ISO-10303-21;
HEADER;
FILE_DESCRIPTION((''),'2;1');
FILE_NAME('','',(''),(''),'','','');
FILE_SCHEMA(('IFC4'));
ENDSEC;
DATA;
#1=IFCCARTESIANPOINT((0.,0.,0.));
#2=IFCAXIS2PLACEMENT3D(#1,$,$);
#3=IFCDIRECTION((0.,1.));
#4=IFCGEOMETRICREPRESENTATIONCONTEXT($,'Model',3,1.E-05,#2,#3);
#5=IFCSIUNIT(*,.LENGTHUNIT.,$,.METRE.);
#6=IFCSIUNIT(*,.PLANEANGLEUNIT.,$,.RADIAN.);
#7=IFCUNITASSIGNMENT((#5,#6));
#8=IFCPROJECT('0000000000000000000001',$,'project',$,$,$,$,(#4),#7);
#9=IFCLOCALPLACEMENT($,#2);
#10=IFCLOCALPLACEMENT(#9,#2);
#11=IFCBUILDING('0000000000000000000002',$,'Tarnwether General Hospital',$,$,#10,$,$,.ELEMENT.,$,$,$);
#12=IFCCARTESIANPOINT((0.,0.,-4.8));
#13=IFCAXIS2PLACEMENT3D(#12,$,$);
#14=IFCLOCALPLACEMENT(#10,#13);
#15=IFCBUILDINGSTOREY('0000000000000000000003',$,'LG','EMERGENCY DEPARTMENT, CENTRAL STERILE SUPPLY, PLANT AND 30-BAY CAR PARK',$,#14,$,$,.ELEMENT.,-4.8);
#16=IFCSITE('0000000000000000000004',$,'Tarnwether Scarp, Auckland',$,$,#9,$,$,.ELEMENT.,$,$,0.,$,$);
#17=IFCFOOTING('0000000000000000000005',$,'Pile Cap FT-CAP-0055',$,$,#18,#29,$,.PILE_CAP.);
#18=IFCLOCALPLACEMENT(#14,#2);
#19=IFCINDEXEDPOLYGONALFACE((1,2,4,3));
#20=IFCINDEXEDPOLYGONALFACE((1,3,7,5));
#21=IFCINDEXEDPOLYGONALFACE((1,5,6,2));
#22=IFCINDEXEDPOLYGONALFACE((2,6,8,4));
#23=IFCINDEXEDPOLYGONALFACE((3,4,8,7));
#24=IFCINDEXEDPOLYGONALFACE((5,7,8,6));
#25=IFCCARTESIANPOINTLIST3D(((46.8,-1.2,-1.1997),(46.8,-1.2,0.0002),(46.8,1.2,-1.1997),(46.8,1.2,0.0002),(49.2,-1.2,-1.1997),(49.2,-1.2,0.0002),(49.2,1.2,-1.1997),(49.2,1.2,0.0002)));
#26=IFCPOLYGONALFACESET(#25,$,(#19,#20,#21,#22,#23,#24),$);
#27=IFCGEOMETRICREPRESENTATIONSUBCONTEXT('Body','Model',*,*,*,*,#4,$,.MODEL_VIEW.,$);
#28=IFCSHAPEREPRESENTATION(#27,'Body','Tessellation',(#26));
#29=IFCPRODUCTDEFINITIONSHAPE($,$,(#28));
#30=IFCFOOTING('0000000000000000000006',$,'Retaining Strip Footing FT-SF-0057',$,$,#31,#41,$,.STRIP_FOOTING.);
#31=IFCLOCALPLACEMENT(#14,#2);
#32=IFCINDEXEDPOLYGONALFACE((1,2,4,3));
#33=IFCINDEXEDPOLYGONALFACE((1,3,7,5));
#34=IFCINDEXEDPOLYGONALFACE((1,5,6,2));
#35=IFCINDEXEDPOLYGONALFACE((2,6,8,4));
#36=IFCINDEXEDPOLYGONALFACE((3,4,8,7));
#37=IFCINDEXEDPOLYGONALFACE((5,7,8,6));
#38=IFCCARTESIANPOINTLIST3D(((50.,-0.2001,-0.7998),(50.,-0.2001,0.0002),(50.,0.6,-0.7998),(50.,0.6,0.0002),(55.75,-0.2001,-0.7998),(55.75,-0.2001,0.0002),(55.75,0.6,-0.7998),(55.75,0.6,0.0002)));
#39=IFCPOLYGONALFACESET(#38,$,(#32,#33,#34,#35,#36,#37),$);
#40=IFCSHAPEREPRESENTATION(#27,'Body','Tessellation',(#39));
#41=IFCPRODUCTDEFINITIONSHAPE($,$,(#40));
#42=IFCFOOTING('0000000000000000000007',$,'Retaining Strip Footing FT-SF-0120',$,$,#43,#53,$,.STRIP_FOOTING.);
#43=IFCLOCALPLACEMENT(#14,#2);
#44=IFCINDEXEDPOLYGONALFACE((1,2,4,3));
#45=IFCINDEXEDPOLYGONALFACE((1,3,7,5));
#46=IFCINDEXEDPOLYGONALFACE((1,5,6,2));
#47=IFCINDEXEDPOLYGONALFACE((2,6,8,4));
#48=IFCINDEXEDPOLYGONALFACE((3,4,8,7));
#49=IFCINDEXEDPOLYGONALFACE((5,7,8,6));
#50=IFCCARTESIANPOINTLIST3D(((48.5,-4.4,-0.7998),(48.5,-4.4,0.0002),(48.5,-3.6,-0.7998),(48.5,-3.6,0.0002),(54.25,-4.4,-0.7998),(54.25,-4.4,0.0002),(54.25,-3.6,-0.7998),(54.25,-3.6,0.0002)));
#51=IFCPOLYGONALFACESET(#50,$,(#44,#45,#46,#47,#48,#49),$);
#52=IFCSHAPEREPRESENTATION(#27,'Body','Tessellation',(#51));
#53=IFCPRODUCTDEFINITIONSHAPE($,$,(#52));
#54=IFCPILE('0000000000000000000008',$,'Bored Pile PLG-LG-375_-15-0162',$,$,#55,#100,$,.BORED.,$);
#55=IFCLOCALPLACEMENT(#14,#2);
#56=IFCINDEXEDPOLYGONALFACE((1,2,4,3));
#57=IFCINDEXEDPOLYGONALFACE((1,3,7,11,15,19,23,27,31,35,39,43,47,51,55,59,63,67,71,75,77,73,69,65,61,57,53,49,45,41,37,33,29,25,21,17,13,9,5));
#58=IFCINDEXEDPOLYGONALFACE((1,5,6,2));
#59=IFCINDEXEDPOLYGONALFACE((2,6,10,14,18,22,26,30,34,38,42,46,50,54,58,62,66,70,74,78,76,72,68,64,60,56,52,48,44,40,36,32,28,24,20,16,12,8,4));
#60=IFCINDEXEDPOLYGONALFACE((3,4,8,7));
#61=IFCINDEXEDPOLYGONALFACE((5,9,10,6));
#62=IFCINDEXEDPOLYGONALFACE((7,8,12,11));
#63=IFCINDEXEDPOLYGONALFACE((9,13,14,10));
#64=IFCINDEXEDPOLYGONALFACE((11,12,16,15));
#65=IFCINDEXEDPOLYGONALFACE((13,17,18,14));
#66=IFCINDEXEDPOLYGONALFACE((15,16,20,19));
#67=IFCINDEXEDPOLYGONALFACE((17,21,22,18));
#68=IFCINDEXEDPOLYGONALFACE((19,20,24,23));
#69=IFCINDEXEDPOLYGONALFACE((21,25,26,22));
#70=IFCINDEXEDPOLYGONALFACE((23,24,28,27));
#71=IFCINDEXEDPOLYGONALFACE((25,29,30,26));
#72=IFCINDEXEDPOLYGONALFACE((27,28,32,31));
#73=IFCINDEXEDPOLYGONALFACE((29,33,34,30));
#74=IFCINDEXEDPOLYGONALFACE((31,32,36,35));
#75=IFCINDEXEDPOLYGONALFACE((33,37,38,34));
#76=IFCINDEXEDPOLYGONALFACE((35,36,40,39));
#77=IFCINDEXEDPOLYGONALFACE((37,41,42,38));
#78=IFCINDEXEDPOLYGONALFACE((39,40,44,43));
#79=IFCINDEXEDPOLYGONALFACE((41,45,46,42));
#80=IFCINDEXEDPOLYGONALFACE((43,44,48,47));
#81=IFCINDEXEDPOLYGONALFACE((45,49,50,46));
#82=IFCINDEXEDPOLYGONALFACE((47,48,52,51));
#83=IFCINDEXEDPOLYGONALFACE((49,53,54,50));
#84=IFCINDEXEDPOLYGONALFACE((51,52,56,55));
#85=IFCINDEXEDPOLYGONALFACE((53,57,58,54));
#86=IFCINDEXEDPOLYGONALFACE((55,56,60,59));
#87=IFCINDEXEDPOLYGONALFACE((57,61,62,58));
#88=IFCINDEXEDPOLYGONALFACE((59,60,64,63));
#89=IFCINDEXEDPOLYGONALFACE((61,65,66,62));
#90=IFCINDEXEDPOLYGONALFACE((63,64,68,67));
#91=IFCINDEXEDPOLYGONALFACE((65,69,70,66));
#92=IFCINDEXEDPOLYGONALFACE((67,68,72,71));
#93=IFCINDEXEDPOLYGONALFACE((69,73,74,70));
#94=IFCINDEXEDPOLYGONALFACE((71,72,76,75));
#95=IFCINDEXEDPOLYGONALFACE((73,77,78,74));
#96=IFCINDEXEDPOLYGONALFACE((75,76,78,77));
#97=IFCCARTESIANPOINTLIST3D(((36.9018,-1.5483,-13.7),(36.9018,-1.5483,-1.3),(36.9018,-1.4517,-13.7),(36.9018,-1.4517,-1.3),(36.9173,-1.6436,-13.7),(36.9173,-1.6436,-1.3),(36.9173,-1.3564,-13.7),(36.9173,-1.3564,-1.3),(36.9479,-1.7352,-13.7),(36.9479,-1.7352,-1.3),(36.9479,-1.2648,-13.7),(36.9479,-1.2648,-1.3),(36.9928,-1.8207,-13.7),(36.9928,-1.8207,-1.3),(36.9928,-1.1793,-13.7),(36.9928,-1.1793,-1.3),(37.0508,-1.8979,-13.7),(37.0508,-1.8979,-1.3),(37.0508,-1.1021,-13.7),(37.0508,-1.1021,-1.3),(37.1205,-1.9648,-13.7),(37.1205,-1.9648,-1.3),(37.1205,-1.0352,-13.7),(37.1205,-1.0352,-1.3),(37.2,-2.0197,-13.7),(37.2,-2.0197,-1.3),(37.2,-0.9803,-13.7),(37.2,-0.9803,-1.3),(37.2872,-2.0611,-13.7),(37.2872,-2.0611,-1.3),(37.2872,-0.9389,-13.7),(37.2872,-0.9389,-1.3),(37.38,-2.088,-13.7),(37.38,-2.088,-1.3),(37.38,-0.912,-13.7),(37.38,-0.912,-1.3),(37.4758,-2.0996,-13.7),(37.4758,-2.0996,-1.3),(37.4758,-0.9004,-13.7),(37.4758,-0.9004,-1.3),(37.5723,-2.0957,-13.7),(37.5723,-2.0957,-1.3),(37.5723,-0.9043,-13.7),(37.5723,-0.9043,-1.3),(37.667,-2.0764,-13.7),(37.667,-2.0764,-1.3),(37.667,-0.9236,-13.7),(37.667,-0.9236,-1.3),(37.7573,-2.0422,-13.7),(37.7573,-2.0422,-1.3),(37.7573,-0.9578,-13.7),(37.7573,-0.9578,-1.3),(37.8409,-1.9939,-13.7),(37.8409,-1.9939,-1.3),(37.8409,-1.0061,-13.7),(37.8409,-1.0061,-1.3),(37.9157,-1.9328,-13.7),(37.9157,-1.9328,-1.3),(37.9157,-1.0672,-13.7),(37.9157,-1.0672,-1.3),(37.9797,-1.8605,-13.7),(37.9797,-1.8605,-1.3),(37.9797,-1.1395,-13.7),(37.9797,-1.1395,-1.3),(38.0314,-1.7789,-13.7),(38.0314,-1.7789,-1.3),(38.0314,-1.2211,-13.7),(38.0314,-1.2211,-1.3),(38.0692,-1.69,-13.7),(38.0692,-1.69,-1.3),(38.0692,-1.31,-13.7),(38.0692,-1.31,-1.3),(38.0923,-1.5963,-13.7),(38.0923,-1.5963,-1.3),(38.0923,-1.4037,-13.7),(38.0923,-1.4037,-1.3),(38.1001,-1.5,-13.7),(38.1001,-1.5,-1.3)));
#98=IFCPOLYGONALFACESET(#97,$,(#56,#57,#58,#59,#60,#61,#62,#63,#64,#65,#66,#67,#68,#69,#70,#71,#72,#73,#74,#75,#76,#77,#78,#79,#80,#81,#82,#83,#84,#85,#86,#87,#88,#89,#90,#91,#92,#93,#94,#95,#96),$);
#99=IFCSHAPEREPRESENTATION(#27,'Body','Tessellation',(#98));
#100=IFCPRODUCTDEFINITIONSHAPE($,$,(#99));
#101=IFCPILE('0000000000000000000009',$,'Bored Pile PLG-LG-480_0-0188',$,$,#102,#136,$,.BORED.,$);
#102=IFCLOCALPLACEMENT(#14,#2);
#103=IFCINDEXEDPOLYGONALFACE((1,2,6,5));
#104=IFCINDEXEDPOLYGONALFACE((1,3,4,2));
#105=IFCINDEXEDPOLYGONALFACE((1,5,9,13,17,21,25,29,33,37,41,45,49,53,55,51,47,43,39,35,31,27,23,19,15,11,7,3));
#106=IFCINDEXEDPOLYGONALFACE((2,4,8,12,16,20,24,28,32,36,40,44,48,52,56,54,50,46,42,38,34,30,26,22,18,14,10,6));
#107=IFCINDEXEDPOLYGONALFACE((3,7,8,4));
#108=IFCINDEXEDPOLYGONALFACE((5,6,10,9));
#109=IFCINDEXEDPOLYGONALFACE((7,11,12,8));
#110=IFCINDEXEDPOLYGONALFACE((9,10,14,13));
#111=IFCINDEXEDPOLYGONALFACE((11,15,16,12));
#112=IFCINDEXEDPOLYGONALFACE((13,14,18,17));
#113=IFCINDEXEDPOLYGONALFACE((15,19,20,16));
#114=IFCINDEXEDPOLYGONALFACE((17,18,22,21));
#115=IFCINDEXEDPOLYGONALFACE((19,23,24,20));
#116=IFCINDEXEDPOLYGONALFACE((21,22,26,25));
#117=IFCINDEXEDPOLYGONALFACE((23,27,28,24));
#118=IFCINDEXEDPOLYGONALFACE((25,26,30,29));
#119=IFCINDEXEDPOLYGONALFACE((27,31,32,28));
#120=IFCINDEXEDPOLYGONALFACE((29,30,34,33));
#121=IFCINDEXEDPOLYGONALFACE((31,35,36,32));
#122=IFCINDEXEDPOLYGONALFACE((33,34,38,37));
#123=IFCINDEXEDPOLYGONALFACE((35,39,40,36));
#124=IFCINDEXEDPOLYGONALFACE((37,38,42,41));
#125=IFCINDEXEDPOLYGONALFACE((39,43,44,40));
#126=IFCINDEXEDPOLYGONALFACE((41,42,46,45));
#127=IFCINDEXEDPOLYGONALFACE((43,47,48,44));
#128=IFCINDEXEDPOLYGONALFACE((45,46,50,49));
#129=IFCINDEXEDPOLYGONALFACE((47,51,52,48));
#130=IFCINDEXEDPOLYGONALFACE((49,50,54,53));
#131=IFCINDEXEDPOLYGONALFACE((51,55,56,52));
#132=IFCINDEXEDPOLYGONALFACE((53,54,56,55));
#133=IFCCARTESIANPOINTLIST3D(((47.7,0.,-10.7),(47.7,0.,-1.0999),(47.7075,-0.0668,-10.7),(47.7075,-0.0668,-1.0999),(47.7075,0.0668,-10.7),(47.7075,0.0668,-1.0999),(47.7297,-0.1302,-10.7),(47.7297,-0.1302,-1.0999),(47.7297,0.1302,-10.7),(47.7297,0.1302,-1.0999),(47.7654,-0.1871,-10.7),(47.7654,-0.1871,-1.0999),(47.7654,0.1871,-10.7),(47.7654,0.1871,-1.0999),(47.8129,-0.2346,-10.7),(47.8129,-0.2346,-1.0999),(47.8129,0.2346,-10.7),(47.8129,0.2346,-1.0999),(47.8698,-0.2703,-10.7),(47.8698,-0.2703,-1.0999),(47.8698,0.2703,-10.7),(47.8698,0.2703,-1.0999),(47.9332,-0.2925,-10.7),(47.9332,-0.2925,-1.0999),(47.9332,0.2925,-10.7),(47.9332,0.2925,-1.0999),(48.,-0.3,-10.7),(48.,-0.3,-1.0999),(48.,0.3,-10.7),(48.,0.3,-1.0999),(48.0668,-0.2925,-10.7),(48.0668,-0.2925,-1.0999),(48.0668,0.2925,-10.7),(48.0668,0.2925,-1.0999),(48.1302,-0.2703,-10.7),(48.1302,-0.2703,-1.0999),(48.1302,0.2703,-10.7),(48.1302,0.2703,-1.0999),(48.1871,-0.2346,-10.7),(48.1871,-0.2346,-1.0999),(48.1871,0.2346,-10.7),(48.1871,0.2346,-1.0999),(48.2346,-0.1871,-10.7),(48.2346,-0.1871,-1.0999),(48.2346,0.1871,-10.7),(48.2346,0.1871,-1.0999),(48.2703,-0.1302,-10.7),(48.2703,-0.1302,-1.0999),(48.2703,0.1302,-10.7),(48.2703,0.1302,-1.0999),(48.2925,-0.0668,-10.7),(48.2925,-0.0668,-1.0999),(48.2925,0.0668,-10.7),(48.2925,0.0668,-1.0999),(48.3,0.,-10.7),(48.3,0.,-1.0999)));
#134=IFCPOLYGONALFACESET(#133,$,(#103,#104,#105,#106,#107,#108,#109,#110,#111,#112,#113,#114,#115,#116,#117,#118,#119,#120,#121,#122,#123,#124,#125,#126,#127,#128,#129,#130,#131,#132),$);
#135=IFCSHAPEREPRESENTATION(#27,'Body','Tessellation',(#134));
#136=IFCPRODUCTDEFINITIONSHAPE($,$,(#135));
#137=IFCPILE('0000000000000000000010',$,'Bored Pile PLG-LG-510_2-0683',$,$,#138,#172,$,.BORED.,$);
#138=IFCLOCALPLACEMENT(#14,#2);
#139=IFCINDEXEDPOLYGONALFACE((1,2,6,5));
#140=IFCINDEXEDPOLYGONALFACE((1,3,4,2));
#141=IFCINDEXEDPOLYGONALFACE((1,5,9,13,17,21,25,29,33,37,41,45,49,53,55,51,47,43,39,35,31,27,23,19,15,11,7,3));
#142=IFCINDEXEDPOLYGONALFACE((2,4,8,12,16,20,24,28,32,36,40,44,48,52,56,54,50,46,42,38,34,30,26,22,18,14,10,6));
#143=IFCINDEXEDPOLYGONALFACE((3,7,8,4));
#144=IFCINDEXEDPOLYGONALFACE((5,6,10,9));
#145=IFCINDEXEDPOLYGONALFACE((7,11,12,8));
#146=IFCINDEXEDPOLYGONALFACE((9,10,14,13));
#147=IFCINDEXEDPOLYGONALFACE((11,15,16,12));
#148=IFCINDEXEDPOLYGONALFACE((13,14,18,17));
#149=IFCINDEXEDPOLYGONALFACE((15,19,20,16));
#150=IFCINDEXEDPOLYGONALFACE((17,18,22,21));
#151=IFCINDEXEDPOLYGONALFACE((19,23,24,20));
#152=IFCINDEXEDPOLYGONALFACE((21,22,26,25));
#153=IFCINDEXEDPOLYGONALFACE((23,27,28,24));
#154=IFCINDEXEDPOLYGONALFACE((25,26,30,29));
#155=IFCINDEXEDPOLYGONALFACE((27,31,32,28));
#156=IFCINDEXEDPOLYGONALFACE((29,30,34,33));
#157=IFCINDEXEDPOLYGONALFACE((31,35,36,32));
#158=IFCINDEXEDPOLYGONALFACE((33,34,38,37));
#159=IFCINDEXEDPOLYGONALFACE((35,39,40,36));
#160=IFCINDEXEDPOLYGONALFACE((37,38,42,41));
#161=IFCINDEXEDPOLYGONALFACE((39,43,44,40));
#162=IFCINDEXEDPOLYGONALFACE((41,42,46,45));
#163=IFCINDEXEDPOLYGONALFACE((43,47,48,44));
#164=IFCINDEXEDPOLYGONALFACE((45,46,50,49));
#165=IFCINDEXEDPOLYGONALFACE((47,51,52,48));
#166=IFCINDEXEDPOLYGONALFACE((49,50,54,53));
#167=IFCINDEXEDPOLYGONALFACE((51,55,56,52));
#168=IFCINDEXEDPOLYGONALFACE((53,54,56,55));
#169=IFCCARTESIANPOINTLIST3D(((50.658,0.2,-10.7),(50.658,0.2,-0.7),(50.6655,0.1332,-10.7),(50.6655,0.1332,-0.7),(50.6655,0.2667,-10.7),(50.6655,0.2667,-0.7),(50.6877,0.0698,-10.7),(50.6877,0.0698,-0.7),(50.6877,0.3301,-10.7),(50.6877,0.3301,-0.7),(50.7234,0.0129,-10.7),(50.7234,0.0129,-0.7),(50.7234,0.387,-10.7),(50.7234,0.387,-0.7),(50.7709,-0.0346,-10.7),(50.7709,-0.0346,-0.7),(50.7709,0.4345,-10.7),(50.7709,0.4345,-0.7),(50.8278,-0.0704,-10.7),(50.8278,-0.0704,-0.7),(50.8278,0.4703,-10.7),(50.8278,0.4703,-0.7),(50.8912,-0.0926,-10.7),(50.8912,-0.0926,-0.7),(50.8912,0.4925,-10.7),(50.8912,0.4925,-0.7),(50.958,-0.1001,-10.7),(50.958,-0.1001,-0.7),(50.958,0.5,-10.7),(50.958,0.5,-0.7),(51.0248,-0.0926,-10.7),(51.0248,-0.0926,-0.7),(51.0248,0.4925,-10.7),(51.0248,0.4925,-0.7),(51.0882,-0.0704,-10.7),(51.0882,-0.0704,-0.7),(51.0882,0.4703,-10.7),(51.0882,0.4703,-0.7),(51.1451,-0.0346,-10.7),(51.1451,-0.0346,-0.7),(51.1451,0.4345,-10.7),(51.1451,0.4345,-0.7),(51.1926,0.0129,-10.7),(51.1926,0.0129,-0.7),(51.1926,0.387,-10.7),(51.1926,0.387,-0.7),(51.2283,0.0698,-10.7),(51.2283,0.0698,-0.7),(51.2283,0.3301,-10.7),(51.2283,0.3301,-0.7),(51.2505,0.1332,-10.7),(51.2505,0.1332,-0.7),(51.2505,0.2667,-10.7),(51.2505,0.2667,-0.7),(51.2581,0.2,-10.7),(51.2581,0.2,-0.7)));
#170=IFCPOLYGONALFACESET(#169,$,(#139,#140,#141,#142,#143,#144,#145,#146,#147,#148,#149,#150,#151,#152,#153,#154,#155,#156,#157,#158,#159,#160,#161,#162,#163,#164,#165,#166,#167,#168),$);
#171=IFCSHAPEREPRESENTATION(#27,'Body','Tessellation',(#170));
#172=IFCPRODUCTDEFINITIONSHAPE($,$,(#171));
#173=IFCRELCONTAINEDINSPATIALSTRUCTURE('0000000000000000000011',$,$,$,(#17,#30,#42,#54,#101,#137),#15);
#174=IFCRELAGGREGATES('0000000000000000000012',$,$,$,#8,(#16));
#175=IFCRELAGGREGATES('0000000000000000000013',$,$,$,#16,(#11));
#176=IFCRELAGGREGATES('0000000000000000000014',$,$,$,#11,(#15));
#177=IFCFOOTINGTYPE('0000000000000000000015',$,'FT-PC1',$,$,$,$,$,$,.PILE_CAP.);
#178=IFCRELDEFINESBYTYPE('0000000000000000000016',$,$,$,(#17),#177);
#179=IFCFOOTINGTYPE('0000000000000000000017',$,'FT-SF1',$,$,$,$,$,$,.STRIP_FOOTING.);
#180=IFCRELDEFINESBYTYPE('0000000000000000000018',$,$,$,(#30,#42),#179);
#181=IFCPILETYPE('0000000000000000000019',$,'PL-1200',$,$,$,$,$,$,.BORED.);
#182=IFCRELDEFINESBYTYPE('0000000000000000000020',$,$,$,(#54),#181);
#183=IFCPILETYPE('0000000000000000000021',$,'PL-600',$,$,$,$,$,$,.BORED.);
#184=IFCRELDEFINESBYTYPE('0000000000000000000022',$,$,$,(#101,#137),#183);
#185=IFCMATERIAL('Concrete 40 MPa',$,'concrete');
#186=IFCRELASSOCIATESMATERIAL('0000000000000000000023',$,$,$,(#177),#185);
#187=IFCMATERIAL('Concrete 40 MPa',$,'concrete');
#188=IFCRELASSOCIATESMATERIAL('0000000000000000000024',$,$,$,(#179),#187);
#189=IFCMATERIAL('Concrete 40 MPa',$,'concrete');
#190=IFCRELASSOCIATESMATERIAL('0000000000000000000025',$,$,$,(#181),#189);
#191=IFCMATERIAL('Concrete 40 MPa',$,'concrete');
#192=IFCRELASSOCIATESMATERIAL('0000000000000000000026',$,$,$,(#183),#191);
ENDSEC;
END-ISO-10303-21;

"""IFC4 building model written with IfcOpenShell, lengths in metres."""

from ifc_helpers import new_model, si_unit, direction, frame, origin, origin_2d, place, context, subcontext, project, spatial, rectangle, circle, extrude, material, material_profile, profile_set, type_object, element, save


model = new_model("IFC4")

# Units and contexts
model_context = context("Model", 3, precision=1e-05, world=origin(), true_north=direction((0.0, 1.0)))
body_context = subcontext(model_context, "Body", "Model", "MODEL_VIEW")
ifc_project = project(units=[si_unit("LENGTHUNIT", "METRE"), si_unit("PLANEANGLEUNIT", "RADIAN")], contexts=[model_context])

# Site, building, storey
site_placement = place(None, origin())
site = spatial("IfcSite", under=ifc_project, at=site_placement, Name="Tarnwether Scarp, Auckland", CompositionType="ELEMENT", RefElevation=0.0)
building_placement = place(site_placement, origin())
building = spatial("IfcBuilding", under=site, at=building_placement, Name="Tarnwether General Hospital", CompositionType="ELEMENT")
storey_placement = place(building_placement, frame((0.0, 0.0, -4.8)))
storey = spatial("IfcBuildingStorey", under=building, at=storey_placement, Name="LG", Description="EMERGENCY DEPARTMENT, CENTRAL STERILE SUPPLY, PLANT AND 30-BAY CAR PARK", CompositionType="ELEMENT", Elevation=-4.8)

# Footings
ifc_material_1 = material(Name="Concrete 40 MPa", Category="concrete")
footing_type_1 = type_object("IfcFootingType", Name="FT-PC1", PredefinedType="PILE_CAP", material=ifc_material_1)
footing_placement = place(storey_placement, frame((48.0, 0.0, -1.1997), z_axis=(0.0, 0.0, 1.0), x_axis=(1.0, 0.0, 0.0)))
element("IfcFooting", 1, at=footing_placement, inside=storey, type_object=footing_type_1, Name="Pile Cap FT-CAP-0055", PredefinedType="PILE_CAP", context=body_context, shape_type="SweptSolid", body=[
    extrude(rectangle(XDim=2.3999, YDim=2.3999, at=origin_2d()), origin(), (0.0, 0.0, 1.0), 1.2),
])
ifc_material_2 = material(Name="Concrete 40 MPa", Category="concrete")
footing_type_2 = type_object("IfcFootingType", Name="FT-SF1", PredefinedType="STRIP_FOOTING", material=ifc_material_2)
for number, where, z_axis, x_axis, name in (
    (2, (52.875, 0.2, -0.7998), (0.0, 0.0, 1.0), (1.0, 0.0, 0.0), "Retaining Strip Footing FT-SF-0057"),
    (3, (51.375, -4.0, -0.7998), (0.0, 0.0, 1.0), (1.0, 0.0, 0.0), "Retaining Strip Footing FT-SF-0120"),
):
    element("IfcFooting", number, at=place(storey_placement, frame(where, z_axis=z_axis, x_axis=x_axis)), inside=storey, type_object=footing_type_2, Name=name, PredefinedType="STRIP_FOOTING", context=body_context, shape_type="SweptSolid", body=[
        extrude(rectangle(XDim=5.75, YDim=0.8, at=origin_2d()), origin(), (0.0, 0.0, 1.0), 0.8),
    ])

# Piles
ifc_material_3 = material(Name="Concrete 40 MPa", Category="concrete")
ifc_material_profile_1 = material_profile(ifc_material_3, circle(Radius=0.6001, at=origin_2d()), Name="PILE-D1200")
ifc_profile_set_1 = profile_set([ifc_material_profile_1], Name="Concrete 40 MPa")
pile_type_1 = type_object("IfcPileType", Name="PL-1200", PredefinedType="BORED", material=ifc_profile_set_1)
pile_1_placement = place(storey_placement, frame((37.5, -1.5, -1.3), z_axis=(0.0, 0.0, -1.0), x_axis=(1.0, 0.0, 0.0)))
element("IfcPile", 4, at=pile_1_placement, inside=storey, type_object=pile_type_1, Name="Bored Pile PLG-LG-375_-15-0162", PredefinedType="BORED", context=body_context, shape_type="SweptSolid", body=[
    extrude(circle(Radius=0.6001, at=origin_2d()), origin(), (0.0, 0.0, 1.0), 12.3999),
])
ifc_material_4 = material(Name="Concrete 40 MPa", Category="concrete")
ifc_material_profile_2 = material_profile(ifc_material_4, circle(Radius=0.3, at=origin_2d()), Name="PILE-D600")
ifc_profile_set_2 = profile_set([ifc_material_profile_2], Name="Concrete 40 MPa")
pile_type_2 = type_object("IfcPileType", Name="PL-600", PredefinedType="BORED", material=ifc_profile_set_2)
pile_2_placement = place(storey_placement, frame((48.0, 0.0, -1.0999), z_axis=(0.0, 0.0, -1.0), x_axis=(1.0, 0.0, 0.0)))
element("IfcPile", 5, at=pile_2_placement, inside=storey, type_object=pile_type_2, Name="Bored Pile PLG-LG-480_0-0188", PredefinedType="BORED", context=body_context, shape_type="SweptSolid", body=[
    extrude(circle(Radius=0.3, at=origin_2d()), origin(), (0.0, 0.0, 1.0), 9.6001),
])
for number, where, z_axis, x_axis, name in (
    (6, (50.958, 0.2, -0.7), (0.0, 0.0, -1.0), (1.0, 0.0, 0.0), "Bored Pile PLG-LG-510_2-0683"),
):
    element("IfcPile", number, at=place(storey_placement, frame(where, z_axis=z_axis, x_axis=x_axis)), inside=storey, type_object=pile_type_2, Name=name, PredefinedType="BORED", context=body_context, shape_type="SweptSolid", body=[
        extrude(circle(Radius=0.3, at=origin_2d()), origin(), (0.0, 0.0, 1.0), 10.0),
    ])

save(model, "model.ifc")
